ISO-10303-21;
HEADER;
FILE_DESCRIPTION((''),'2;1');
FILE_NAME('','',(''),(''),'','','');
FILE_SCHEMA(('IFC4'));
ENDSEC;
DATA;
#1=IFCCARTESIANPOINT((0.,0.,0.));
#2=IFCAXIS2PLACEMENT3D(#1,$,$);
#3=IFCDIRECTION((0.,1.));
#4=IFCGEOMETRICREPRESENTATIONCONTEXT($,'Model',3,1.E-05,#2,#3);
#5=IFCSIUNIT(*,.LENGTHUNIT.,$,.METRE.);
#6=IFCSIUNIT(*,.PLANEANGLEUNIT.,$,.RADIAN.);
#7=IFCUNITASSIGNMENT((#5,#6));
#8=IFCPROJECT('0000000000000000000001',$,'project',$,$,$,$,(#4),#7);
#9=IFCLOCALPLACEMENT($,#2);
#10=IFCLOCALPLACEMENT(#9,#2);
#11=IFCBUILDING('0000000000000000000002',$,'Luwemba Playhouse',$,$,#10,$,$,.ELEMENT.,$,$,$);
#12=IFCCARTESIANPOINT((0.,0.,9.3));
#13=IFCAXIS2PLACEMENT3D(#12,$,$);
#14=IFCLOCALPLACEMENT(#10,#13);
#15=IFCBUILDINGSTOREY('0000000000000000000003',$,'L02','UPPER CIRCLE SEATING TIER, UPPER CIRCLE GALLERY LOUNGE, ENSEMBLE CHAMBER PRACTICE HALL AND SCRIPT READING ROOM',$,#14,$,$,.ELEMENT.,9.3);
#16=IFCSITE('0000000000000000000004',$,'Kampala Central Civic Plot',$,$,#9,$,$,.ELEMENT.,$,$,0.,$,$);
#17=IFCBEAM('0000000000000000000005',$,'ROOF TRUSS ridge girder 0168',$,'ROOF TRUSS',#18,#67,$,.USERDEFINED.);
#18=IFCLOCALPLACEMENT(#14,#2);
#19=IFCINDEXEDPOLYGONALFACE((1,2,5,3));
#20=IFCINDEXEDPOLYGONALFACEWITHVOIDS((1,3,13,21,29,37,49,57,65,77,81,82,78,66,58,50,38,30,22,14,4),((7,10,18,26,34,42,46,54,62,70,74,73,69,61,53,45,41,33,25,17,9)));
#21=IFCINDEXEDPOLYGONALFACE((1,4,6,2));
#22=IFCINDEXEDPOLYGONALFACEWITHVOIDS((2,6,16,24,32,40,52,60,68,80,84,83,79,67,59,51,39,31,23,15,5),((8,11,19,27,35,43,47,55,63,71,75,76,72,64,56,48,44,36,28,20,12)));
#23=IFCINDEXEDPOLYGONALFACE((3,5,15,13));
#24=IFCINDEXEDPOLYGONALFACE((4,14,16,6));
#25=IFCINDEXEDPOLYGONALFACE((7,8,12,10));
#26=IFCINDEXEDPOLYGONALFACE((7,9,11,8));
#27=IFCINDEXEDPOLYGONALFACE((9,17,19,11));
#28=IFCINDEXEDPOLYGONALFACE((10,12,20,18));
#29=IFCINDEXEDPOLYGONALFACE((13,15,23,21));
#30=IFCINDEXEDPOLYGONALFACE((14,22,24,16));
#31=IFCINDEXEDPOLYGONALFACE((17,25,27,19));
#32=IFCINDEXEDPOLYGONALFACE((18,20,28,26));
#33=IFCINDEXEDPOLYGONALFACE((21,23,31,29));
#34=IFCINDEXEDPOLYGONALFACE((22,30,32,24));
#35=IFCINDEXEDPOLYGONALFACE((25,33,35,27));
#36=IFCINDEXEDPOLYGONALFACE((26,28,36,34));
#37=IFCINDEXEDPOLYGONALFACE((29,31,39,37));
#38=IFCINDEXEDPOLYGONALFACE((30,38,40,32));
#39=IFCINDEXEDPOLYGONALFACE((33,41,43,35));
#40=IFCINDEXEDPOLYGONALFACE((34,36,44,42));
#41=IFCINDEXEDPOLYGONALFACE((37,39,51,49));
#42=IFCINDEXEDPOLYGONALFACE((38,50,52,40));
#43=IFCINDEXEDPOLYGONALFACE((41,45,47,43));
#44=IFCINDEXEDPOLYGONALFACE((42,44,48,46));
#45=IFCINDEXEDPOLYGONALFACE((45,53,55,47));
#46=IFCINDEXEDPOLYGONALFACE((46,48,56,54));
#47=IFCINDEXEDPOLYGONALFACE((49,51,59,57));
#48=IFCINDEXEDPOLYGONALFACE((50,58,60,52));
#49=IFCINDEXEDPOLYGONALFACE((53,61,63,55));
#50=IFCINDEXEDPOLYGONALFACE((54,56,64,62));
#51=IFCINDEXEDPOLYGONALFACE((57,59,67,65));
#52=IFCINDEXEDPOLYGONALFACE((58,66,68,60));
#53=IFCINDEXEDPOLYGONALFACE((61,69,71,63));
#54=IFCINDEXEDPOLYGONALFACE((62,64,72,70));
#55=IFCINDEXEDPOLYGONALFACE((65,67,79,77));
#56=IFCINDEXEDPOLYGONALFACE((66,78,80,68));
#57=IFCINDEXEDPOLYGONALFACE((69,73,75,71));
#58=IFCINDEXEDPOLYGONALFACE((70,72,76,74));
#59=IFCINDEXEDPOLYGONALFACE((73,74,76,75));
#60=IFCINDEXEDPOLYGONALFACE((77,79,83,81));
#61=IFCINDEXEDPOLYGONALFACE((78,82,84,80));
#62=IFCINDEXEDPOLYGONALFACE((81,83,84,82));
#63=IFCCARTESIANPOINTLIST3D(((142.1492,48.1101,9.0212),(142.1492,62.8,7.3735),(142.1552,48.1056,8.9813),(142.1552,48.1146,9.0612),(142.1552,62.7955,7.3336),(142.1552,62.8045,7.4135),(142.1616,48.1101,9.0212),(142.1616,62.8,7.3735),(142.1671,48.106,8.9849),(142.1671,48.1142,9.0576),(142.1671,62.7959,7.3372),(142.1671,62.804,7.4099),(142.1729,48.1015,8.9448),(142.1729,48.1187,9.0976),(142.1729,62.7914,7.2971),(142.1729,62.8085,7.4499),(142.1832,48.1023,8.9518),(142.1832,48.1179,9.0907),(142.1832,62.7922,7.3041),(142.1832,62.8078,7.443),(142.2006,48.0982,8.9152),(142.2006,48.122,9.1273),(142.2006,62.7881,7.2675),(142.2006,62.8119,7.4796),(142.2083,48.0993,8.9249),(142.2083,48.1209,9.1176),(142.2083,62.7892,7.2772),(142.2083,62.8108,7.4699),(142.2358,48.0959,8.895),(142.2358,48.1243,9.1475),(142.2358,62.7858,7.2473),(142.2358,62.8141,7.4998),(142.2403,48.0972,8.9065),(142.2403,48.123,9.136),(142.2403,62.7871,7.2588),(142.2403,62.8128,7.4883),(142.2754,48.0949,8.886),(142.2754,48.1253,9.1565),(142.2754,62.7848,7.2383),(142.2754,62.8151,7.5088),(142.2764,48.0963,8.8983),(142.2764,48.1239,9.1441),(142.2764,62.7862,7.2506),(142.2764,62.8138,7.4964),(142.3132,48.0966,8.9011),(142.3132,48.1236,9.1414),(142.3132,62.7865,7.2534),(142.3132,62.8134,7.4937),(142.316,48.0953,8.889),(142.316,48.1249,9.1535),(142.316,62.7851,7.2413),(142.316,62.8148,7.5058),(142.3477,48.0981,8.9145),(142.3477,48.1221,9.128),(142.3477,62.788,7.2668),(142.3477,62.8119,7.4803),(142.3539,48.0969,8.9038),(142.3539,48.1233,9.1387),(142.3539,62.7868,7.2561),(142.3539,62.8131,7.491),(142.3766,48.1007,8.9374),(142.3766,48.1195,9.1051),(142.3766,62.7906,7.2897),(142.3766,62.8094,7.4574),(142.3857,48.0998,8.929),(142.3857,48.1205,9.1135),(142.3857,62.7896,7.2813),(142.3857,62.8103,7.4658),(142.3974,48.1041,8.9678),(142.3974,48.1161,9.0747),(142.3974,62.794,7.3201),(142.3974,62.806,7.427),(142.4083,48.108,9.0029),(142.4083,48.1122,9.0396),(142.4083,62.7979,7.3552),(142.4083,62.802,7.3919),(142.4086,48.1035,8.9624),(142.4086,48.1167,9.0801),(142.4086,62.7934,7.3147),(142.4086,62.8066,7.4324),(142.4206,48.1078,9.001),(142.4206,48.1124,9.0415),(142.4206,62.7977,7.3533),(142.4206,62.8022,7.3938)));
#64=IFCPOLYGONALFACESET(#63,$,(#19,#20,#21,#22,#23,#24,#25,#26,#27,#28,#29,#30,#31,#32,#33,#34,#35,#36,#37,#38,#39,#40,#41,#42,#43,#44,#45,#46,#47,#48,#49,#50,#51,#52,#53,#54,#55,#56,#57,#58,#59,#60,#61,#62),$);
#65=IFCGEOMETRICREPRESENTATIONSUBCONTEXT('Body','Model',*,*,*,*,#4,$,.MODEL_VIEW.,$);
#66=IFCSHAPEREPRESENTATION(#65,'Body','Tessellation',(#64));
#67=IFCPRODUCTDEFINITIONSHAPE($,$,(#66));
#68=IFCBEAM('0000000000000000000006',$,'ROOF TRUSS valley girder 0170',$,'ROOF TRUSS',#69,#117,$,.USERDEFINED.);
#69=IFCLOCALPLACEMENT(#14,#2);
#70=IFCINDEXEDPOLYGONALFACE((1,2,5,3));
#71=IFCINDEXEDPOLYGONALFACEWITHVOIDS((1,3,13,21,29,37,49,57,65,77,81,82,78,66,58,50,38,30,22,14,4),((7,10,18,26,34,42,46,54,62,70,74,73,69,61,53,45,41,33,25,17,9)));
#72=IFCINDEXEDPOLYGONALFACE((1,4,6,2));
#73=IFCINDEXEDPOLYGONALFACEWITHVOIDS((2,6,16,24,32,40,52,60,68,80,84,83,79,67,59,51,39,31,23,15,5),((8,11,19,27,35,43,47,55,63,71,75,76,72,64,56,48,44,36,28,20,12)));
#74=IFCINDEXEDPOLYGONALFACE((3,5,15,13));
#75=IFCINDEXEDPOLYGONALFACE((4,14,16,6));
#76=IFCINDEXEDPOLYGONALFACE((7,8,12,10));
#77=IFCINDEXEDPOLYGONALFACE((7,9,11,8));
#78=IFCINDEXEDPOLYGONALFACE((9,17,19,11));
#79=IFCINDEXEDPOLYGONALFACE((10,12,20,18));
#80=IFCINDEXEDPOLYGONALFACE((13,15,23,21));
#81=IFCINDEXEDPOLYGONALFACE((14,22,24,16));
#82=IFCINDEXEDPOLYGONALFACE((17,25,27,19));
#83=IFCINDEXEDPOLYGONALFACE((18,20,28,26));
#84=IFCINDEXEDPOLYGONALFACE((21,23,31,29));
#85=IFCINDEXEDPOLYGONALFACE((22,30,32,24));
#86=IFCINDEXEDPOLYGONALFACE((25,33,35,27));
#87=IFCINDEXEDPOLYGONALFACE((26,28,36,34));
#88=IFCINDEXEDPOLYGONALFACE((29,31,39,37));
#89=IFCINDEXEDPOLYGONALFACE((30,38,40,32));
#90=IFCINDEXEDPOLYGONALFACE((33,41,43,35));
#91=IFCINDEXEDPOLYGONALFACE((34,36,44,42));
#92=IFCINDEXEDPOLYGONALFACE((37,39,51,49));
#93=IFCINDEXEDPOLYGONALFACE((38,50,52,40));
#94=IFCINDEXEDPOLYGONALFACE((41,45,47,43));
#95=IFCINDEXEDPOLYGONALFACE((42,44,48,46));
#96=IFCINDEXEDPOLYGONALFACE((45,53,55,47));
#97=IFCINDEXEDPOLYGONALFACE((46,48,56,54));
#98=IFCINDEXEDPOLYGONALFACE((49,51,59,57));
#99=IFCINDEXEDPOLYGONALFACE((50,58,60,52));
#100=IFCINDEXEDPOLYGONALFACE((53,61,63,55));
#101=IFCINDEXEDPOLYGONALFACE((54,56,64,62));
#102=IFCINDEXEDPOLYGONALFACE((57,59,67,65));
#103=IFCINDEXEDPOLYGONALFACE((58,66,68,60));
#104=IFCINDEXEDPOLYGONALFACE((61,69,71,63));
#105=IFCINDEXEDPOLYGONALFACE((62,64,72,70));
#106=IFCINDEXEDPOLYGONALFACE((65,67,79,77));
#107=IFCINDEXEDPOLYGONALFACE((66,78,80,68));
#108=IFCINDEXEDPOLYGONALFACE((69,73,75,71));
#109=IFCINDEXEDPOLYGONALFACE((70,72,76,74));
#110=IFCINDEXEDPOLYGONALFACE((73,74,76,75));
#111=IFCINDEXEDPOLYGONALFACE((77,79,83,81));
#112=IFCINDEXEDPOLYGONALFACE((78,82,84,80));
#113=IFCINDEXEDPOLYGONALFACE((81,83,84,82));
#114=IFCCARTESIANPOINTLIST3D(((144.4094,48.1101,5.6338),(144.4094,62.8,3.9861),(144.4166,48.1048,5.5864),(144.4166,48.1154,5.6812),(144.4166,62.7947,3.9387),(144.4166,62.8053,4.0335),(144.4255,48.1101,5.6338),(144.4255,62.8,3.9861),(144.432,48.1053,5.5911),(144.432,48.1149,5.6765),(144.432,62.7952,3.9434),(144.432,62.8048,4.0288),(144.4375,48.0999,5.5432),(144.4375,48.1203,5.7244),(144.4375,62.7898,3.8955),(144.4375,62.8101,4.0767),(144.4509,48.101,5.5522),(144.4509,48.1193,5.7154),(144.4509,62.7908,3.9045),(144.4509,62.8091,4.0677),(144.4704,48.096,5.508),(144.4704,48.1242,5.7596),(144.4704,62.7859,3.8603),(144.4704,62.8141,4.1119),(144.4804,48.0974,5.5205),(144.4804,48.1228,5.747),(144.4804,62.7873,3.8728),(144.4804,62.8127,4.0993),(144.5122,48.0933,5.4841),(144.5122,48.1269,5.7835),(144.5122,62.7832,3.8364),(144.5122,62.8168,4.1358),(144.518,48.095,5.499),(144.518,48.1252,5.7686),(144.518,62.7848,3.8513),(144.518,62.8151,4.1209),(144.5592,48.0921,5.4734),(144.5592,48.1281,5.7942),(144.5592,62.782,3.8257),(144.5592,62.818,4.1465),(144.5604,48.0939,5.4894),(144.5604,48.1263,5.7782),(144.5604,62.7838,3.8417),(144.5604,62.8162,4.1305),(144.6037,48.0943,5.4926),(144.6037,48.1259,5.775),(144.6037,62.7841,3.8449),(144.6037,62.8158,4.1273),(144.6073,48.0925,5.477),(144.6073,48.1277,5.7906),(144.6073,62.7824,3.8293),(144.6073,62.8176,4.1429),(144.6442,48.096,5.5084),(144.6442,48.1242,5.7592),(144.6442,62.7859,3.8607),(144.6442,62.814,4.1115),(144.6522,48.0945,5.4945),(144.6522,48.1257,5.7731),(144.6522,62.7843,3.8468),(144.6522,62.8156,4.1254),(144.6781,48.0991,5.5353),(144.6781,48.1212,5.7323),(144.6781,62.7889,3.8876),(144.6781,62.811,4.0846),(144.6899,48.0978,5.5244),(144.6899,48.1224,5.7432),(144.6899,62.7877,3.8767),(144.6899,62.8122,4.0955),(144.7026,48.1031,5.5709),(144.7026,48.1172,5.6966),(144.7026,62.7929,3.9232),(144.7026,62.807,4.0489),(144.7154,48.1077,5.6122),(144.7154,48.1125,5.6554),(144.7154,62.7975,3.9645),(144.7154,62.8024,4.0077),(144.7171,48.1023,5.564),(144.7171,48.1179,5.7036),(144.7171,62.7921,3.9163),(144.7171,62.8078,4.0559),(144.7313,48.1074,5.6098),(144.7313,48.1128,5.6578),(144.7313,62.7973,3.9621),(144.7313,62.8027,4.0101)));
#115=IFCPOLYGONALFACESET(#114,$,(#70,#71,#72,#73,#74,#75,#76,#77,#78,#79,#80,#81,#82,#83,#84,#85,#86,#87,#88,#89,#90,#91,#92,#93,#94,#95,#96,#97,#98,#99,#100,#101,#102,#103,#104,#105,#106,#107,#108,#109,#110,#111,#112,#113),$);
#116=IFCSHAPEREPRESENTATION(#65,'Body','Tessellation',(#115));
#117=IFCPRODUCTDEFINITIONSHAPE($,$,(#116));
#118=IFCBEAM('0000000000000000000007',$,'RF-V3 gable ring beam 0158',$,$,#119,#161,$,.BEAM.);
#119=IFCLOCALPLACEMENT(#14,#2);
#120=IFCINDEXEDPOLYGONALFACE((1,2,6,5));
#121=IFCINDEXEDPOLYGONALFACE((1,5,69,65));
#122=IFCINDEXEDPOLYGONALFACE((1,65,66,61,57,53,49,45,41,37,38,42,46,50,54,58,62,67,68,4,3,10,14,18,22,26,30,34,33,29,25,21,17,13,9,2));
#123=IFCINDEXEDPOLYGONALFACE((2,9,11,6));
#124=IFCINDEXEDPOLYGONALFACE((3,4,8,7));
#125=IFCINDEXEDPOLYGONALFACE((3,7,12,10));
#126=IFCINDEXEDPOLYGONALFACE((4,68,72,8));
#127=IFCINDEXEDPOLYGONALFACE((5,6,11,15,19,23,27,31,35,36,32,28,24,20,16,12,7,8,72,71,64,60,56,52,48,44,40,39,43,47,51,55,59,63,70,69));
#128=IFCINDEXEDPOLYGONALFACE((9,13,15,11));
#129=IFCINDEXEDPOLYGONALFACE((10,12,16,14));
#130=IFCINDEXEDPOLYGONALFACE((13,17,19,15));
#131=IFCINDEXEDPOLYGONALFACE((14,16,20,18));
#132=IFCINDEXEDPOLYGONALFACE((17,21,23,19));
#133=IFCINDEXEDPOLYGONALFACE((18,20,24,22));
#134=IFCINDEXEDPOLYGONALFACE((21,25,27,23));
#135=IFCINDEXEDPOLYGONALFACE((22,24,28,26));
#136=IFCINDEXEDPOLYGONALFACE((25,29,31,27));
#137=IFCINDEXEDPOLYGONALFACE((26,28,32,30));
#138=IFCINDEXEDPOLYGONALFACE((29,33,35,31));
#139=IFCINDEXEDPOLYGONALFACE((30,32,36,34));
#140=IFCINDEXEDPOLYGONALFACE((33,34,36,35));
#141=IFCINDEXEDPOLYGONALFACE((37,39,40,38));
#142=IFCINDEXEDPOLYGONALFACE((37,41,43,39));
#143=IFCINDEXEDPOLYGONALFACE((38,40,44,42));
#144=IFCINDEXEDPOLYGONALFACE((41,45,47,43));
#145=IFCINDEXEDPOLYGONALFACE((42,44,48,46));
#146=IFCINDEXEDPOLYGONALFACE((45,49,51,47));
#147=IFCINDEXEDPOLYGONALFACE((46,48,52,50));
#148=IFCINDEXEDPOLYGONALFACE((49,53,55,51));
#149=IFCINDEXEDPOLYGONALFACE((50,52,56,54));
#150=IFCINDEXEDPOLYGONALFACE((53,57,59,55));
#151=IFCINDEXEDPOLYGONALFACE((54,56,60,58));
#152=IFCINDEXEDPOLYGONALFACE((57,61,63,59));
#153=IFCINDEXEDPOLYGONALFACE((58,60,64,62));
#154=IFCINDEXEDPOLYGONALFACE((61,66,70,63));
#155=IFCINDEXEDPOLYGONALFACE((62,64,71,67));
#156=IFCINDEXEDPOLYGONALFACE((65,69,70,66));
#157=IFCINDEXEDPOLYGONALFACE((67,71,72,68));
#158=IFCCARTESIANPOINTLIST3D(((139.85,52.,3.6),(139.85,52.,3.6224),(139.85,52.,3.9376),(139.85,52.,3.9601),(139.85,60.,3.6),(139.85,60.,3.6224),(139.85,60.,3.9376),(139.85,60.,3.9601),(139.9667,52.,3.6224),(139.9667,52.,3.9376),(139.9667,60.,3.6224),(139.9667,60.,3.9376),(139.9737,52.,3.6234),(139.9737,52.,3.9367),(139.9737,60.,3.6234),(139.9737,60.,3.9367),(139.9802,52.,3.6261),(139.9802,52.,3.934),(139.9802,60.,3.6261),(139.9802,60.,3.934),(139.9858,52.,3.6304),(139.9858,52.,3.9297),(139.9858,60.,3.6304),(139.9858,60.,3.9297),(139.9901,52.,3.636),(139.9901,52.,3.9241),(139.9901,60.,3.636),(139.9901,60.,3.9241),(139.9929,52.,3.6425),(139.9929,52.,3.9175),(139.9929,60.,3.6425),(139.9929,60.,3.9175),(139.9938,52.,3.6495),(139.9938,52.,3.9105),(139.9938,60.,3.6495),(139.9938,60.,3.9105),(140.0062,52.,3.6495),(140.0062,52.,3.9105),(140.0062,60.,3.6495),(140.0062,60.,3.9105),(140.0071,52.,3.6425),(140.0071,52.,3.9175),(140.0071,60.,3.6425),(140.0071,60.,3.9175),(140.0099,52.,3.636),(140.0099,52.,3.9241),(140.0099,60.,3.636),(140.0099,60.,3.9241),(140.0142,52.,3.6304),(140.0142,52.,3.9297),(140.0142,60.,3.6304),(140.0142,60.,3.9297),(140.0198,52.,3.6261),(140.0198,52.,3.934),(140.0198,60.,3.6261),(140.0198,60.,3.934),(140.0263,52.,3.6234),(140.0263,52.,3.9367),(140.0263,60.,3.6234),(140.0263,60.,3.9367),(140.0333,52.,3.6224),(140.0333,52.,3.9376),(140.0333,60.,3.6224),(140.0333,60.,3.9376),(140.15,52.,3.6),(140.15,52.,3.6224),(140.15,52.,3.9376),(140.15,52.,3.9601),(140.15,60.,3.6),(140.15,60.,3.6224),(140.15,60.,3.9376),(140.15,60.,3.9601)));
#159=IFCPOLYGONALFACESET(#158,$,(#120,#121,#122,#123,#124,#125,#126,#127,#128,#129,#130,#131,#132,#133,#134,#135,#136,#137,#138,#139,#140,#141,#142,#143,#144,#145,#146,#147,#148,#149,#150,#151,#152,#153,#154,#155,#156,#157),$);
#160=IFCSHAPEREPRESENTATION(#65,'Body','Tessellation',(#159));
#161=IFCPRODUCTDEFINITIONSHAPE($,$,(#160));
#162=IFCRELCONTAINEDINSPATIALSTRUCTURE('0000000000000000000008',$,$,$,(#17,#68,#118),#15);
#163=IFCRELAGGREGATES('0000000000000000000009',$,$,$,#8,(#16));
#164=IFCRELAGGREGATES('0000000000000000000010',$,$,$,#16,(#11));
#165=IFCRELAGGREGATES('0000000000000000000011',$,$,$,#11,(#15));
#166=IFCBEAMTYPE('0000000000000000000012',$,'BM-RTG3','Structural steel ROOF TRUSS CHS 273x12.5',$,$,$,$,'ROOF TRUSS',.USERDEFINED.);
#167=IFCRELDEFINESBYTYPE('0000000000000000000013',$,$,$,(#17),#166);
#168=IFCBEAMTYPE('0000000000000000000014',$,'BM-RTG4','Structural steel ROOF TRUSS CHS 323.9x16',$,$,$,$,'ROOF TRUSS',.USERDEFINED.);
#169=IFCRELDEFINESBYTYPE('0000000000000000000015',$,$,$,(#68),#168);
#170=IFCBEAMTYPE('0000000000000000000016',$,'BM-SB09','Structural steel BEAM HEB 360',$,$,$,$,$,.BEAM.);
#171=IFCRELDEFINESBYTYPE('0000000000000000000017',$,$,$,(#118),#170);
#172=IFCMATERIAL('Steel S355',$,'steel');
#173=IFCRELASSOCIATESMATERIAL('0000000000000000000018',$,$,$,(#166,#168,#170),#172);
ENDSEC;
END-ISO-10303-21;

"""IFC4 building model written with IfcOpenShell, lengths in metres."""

from ifc_helpers import new_model, si_unit, direction, frame, origin, origin_2d, place, context, subcontext, project, spatial, hollow_circle, i_section, extrude, material, material_profile, profile_set, type_object, element, save


model = new_model("IFC4")

# Units and contexts
model_context = context("Model", 3, precision=1e-05, world=origin(), true_north=direction((0.0, 1.0)))
body_context = subcontext(model_context, "Body", "Model", "MODEL_VIEW")
ifc_project = project(units=[si_unit("LENGTHUNIT", "METRE"), si_unit("PLANEANGLEUNIT", "RADIAN")], contexts=[model_context])

# Site, building, storey
site_placement = place(None, origin())
site = spatial("IfcSite", under=ifc_project, at=site_placement, Name="Kampala Central Civic Plot", CompositionType="ELEMENT", RefElevation=0.0)
building_placement = place(site_placement, origin())
building = spatial("IfcBuilding", under=site, at=building_placement, Name="Luwemba Playhouse", CompositionType="ELEMENT")
storey_placement = place(building_placement, frame((0.0, 0.0, 9.3)))
storey = spatial("IfcBuildingStorey", under=building, at=storey_placement, Name="L02", Description="UPPER CIRCLE SEATING TIER, UPPER CIRCLE GALLERY LOUNGE, ENSEMBLE CHAMBER PRACTICE HALL AND SCRIPT READING ROOM", CompositionType="ELEMENT", Elevation=9.3)

# Beams
ifc_material_1 = material(Name="Steel S355", Category="steel")
ifc_material_profile_1 = material_profile(ifc_material_1, hollow_circle(Radius=0.1365, WallThickness=0.0125, at=origin_2d()))
ifc_profile_set_1 = profile_set([ifc_material_profile_1], Name="Steel S355")
beam_type_1 = type_object("IfcBeamType", Name="BM-RTG3", Description="Structural steel ROOF TRUSS CHS 273x12.5", ElementType="ROOF TRUSS", PredefinedType="USERDEFINED", material=ifc_profile_set_1)
beam_1_placement = place(storey_placement, frame((142.2856, 48.1101, 9.0212), z_axis=(0.0, 0.993768, -0.111467), x_axis=(-1.0, 0.0, 0.0)))
element("IfcBeam", 1, at=beam_1_placement, inside=storey, type_object=beam_type_1, Name="ROOF TRUSS ridge girder 0168", ObjectType="ROOF TRUSS", PredefinedType="USERDEFINED", context=body_context, shape_type="SweptSolid", body=[
    extrude(hollow_circle(Radius=0.1365, WallThickness=0.0125, at=origin_2d()), origin(), (0.0, 0.0, 1.0), 14.782),
])
ifc_material_profile_2 = material_profile(ifc_material_1, hollow_circle(Radius=0.1619, WallThickness=0.0161, at=origin_2d()))
ifc_profile_set_2 = profile_set([ifc_material_profile_2], Name="Steel S355")
beam_type_2 = type_object("IfcBeamType", Name="BM-RTG4", Description="Structural steel ROOF TRUSS CHS 323.9x16", ElementType="ROOF TRUSS", PredefinedType="USERDEFINED", material=ifc_profile_set_2)
beam_2_placement = place(storey_placement, frame((144.5713, 48.1101, 5.6338), z_axis=(0.0, 0.993768, -0.111467), x_axis=(-1.0, 0.0, 0.0)))
element("IfcBeam", 2, at=beam_2_placement, inside=storey, type_object=beam_type_2, Name="ROOF TRUSS valley girder 0170", ObjectType="ROOF TRUSS", PredefinedType="USERDEFINED", context=body_context, shape_type="SweptSolid", body=[
    extrude(hollow_circle(Radius=0.1619, WallThickness=0.0161, at=origin_2d()), origin(), (0.0, 0.0, 1.0), 14.782),
])
ifc_material_profile_3 = material_profile(ifc_material_1, i_section(OverallWidth=0.3, OverallDepth=0.3601, WebThickness=0.0125, FlangeThickness=0.0225, FilletRadius=0.0271, at=origin_2d()))
ifc_profile_set_3 = profile_set([ifc_material_profile_3], Name="Steel S355")
beam_type_3 = type_object("IfcBeamType", Name="BM-SB09", Description="Structural steel BEAM HEB 360", PredefinedType="BEAM", material=ifc_profile_set_3)
beam_3_placement = place(storey_placement, frame((140.0, 52.0, 3.78), z_axis=(0.0, 1.0, 0.0), x_axis=(-1.0, 0.0, 0.0)))
element("IfcBeam", 3, at=beam_3_placement, inside=storey, type_object=beam_type_3, Name="RF-V3 gable ring beam 0158", PredefinedType="BEAM", context=body_context, shape_type="SweptSolid", body=[
    extrude(i_section(OverallWidth=0.3, OverallDepth=0.3601, WebThickness=0.0125, FlangeThickness=0.0225, FilletRadius=0.0271, at=origin_2d()), origin(), (0.0, 0.0, 1.0), 8.0),
])

save(model, "model.ifc")
